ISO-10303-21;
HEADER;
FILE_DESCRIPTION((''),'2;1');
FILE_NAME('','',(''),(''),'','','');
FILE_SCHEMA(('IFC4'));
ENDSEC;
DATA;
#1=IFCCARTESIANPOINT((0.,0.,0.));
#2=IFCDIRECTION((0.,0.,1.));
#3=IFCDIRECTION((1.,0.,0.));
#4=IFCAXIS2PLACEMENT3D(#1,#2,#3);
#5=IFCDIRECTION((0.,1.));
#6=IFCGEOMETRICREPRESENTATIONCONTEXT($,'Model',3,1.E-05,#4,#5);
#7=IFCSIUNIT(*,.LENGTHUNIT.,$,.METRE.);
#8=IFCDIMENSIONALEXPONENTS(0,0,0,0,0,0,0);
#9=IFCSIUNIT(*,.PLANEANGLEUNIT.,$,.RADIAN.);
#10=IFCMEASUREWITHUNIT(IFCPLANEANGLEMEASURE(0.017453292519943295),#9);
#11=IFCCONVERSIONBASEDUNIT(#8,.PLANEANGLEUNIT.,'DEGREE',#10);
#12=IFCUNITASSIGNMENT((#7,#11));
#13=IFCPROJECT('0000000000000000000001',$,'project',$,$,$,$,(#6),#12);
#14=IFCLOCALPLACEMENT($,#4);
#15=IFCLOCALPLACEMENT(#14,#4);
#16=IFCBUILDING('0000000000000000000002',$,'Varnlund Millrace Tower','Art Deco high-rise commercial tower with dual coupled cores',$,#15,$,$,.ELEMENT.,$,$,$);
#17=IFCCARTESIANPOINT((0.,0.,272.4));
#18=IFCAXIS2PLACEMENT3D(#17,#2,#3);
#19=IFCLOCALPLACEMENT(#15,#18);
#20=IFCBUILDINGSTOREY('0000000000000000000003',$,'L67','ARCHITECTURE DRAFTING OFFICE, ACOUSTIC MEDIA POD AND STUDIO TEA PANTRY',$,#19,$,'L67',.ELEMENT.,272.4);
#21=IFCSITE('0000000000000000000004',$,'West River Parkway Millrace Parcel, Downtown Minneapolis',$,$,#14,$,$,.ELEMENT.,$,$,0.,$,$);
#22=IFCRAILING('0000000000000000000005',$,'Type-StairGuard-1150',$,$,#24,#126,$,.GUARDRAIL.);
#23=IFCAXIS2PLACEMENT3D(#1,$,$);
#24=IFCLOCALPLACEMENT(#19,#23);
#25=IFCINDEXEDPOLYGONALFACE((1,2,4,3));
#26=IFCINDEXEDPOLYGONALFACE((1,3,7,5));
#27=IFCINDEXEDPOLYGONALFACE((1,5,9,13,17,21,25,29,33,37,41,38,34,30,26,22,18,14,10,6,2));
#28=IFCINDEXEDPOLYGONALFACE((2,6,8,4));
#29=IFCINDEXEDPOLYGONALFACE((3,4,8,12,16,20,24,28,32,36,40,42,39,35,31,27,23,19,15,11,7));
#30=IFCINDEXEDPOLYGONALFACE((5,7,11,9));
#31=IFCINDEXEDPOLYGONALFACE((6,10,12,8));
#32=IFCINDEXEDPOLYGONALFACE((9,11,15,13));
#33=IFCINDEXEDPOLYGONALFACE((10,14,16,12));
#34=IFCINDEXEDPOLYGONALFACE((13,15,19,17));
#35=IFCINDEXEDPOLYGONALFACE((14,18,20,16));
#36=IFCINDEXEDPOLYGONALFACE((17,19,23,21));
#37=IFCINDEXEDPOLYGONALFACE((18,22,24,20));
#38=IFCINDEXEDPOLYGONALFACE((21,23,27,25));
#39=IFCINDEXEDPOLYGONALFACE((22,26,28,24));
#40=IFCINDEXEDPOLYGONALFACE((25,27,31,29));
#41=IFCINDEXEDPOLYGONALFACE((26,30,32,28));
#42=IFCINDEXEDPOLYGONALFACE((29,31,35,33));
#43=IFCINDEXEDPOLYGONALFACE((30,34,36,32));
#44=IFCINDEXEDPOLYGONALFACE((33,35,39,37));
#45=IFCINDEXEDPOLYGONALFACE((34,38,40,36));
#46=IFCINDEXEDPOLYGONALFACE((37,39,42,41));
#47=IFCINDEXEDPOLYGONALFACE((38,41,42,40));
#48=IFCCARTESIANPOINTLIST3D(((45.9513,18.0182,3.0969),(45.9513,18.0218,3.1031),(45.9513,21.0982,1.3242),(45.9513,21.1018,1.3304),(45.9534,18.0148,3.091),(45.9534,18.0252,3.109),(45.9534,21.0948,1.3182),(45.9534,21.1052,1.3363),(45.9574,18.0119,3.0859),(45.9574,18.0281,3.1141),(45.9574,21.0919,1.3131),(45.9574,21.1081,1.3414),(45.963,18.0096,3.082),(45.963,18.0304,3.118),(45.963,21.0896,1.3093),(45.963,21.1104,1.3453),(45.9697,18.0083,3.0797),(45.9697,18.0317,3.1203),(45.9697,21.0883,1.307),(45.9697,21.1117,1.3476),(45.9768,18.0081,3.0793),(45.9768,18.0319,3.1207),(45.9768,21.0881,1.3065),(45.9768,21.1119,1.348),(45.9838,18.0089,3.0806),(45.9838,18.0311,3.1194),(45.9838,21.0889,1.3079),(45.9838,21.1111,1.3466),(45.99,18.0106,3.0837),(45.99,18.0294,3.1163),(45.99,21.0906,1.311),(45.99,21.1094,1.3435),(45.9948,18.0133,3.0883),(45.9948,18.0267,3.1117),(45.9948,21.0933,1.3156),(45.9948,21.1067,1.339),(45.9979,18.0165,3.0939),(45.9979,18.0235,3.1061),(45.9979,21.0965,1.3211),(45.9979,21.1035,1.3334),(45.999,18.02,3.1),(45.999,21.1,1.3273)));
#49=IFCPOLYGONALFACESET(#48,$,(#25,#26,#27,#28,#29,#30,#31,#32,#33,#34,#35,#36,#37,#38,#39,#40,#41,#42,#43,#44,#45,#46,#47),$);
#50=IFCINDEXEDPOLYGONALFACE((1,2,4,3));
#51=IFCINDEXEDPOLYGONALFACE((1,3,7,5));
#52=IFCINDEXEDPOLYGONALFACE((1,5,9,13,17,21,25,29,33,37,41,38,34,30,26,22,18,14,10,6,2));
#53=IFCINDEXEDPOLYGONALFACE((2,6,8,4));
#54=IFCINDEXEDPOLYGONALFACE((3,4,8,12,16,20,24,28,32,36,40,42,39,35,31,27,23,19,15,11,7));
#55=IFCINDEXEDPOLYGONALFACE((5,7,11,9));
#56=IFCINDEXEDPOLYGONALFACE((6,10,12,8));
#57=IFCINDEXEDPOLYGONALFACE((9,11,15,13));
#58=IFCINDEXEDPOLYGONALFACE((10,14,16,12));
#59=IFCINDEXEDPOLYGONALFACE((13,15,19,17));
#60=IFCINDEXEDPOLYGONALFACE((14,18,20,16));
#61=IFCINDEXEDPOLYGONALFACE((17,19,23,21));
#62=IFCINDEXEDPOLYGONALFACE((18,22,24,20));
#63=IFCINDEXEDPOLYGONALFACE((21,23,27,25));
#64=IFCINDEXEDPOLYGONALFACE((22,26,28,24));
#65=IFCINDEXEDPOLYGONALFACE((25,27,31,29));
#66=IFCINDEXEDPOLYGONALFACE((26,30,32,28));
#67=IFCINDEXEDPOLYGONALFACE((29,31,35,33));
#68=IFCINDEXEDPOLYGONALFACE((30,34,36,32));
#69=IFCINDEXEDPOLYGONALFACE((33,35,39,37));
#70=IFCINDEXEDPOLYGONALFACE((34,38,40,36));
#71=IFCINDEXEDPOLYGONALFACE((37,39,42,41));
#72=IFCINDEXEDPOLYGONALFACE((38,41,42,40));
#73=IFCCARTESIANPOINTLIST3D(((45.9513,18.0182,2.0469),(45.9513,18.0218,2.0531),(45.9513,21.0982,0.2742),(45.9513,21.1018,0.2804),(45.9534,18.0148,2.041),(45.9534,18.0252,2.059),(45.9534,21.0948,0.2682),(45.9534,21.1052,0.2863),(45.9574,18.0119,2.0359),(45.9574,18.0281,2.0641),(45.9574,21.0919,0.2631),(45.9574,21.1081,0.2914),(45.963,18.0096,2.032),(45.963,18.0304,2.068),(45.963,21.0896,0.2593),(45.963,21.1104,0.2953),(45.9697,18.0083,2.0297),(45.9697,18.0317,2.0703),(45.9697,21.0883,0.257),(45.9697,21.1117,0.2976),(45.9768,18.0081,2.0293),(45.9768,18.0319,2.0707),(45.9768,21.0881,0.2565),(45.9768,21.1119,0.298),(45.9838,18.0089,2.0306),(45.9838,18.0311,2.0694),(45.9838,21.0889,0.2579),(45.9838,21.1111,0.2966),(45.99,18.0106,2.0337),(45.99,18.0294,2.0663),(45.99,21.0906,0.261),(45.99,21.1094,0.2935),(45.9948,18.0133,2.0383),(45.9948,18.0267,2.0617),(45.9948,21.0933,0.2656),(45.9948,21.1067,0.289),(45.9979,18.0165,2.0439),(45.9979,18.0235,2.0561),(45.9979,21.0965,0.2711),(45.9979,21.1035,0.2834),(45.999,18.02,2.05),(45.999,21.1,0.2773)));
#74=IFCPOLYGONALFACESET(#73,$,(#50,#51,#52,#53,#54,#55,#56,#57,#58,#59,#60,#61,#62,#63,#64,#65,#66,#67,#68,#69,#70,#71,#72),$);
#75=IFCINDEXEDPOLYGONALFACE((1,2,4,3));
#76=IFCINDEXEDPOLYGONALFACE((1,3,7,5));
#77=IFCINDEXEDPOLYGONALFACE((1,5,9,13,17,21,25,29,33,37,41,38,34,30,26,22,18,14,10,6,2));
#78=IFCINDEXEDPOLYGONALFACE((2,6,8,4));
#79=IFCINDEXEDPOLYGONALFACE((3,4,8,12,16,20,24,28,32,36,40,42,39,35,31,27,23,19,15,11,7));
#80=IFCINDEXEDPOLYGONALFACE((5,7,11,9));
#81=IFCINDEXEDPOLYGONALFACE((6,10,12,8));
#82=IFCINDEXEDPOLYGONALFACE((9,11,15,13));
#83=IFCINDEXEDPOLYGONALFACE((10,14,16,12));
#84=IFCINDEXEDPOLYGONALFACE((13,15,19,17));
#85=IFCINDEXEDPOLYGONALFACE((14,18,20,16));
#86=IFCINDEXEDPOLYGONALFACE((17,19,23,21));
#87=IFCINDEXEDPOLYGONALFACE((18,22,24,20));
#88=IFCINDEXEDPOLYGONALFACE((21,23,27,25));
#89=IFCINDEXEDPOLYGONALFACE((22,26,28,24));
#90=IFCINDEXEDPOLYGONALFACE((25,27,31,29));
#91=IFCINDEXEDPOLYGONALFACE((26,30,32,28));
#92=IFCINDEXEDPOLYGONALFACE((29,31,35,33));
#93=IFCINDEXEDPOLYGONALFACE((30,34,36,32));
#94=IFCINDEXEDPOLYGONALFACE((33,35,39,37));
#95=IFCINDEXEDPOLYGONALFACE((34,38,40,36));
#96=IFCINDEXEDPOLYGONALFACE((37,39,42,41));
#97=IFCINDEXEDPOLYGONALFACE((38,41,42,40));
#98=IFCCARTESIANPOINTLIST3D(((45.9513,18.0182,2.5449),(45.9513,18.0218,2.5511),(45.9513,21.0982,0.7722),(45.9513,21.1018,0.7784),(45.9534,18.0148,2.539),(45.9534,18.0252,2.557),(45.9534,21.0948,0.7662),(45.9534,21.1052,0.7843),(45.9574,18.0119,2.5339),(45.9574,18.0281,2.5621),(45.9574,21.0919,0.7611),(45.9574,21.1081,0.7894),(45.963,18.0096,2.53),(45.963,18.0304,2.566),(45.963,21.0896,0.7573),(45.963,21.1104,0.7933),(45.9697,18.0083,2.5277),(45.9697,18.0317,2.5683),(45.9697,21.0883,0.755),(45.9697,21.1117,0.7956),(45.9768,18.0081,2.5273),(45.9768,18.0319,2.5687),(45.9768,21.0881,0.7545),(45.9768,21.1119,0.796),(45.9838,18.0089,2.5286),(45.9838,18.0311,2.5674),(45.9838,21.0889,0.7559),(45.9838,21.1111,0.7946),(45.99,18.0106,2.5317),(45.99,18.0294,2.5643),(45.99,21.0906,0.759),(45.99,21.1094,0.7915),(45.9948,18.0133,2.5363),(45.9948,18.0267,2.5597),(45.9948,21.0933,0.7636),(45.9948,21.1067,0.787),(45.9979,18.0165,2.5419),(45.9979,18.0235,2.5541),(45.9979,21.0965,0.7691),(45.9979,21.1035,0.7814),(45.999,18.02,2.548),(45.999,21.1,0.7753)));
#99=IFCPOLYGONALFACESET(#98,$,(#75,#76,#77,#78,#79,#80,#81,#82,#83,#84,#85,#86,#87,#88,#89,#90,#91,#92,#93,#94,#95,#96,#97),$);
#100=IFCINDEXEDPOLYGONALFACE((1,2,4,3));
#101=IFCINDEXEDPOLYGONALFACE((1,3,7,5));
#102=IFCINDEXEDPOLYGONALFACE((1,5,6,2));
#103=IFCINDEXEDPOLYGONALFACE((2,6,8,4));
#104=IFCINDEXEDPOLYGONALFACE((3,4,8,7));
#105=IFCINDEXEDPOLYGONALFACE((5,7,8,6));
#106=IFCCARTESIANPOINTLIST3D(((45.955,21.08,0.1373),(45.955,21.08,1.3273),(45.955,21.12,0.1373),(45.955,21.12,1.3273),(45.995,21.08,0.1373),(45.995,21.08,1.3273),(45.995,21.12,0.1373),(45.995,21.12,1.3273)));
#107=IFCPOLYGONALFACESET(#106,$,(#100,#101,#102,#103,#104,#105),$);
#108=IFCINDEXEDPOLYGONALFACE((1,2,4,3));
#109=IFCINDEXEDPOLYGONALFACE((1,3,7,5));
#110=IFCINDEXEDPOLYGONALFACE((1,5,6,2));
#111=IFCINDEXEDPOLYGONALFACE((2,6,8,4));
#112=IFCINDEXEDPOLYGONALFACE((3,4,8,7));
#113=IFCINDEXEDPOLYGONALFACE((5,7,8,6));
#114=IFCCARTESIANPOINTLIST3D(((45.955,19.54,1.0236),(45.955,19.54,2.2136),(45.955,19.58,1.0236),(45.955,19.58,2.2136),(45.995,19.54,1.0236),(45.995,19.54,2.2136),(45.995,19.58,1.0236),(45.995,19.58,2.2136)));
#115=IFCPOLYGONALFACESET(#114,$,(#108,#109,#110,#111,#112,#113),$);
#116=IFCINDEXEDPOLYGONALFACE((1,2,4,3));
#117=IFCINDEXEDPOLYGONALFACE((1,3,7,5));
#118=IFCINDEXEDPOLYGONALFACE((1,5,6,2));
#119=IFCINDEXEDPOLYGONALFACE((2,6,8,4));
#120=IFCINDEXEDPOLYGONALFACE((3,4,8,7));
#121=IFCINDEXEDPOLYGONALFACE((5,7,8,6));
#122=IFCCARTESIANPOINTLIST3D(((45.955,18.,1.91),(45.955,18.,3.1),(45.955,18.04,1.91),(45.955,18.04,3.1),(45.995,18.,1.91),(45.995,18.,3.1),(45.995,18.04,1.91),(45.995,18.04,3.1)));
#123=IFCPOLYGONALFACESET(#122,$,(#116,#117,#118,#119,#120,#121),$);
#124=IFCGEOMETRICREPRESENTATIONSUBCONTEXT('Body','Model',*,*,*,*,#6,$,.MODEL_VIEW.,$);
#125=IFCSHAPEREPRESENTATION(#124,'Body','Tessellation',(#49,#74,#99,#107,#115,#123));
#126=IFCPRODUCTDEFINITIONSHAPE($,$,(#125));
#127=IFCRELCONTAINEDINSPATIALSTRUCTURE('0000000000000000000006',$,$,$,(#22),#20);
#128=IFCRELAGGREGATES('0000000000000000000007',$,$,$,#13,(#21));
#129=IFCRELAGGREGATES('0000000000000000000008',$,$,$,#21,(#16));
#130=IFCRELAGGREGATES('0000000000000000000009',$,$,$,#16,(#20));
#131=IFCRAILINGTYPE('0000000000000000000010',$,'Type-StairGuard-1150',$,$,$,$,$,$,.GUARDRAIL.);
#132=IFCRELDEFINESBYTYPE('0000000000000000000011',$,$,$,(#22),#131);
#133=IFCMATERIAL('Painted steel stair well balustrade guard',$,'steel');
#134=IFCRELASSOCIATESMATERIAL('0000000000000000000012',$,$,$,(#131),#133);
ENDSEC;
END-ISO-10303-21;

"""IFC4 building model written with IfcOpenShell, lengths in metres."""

from ifc_helpers import new_model, entity, si_unit, converted_unit, direction, frame, origin_with_axes, origin_2d_with_axis, place, context, subcontext, project, spatial, rectangle, circle, extrude, material, type_object, element, save


model = new_model("IFC4")

# Units and contexts
model_context = context("Model", 3, precision=1e-05, world=origin_with_axes(), true_north=direction((0.0, 1.0)))
body_context = subcontext(model_context, "Body", "Model", "MODEL_VIEW")
ifc_project = project(units=[si_unit("LENGTHUNIT", "METRE"), converted_unit("PLANEANGLEUNIT", "DEGREE", entity("IfcPlaneAngleMeasure", 0.017453292519943295), si_unit("PLANEANGLEUNIT", "RADIAN"), dimensions=[0, 0, 0, 0, 0, 0, 0])], contexts=[model_context])

# Site, building, storey
site_placement = place(None, origin_with_axes())
site = spatial("IfcSite", under=ifc_project, at=site_placement, Name="West River Parkway Millrace Parcel, Downtown Minneapolis", CompositionType="ELEMENT", RefElevation=0.0)
building_placement = place(site_placement, origin_with_axes())
building = spatial("IfcBuilding", under=site, at=building_placement, Name="Varnlund Millrace Tower", Description="Art Deco high-rise commercial tower with dual coupled cores", CompositionType="ELEMENT")
storey_placement = place(building_placement, frame((0.0, 0.0, 272.4), z_axis=(0.0, 0.0, 1.0), x_axis=(1.0, 0.0, 0.0)))
storey = spatial("IfcBuildingStorey", under=building, at=storey_placement, Name="L67", Description="ARCHITECTURE DRAFTING OFFICE, ACOUSTIC MEDIA POD AND STUDIO TEA PANTRY", LongName="L67", CompositionType="ELEMENT", Elevation=272.4)

# Railing
ifc_material_1 = material(Name="Painted steel stair well balustrade guard", Category="steel")
railing_type_1 = type_object("IfcRailingType", Name="Type-StairGuard-1150", PredefinedType="GUARDRAIL", material=ifc_material_1)
railing_1_placement = place(storey_placement, frame((0.0, 0.0, -272.4), z_axis=(0.0, 0.0, 1.0), x_axis=(1.0, 0.0, 0.0)))
element("IfcRailing", 1, at=railing_1_placement, inside=storey, type_object=railing_type_1, Name="Type-StairGuard-1150", PredefinedType="GUARDRAIL", context=body_context, shape_type="SweptSolid", body=[
    extrude(circle(Radius=0.024, at=origin_2d_with_axis()), frame((45.975, 21.1, 273.7273), z_axis=(0.0, -0.866696, 0.498836), x_axis=(1.0, 0.0, 0.0)), (0.0, 0.0, 1.0), 3.5537),
    extrude(circle(Radius=0.024, at=origin_2d_with_axis()), frame((45.975, 21.1, 272.6773), z_axis=(0.0, -0.866696, 0.498836), x_axis=(1.0, 0.0, 0.0)), (0.0, 0.0, 1.0), 3.5537),
    extrude(circle(Radius=0.024, at=origin_2d_with_axis()), frame((45.975, 21.1, 273.1753), z_axis=(0.0, -0.866696, 0.498836), x_axis=(1.0, 0.0, 0.0)), (0.0, 0.0, 1.0), 3.5537),
    extrude(rectangle(XDim=0.04, YDim=0.04, at=origin_2d_with_axis()), frame((45.975, 21.1, 272.5373), z_axis=(0.0, 0.0, 1.0), x_axis=(1.0, 0.0, 0.0)), (0.0, 0.0, 1.0), 1.19),
    extrude(rectangle(XDim=0.04, YDim=0.04, at=origin_2d_with_axis()), frame((45.975, 19.56, 273.4236), z_axis=(0.0, 0.0, 1.0), x_axis=(1.0, 0.0, 0.0)), (0.0, 0.0, 1.0), 1.19),
    extrude(rectangle(XDim=0.04, YDim=0.04, at=origin_2d_with_axis()), frame((45.975, 18.02, 274.31), z_axis=(0.0, 0.0, 1.0), x_axis=(1.0, 0.0, 0.0)), (0.0, 0.0, 1.0), 1.19),
])

save(model, "model.ifc")
